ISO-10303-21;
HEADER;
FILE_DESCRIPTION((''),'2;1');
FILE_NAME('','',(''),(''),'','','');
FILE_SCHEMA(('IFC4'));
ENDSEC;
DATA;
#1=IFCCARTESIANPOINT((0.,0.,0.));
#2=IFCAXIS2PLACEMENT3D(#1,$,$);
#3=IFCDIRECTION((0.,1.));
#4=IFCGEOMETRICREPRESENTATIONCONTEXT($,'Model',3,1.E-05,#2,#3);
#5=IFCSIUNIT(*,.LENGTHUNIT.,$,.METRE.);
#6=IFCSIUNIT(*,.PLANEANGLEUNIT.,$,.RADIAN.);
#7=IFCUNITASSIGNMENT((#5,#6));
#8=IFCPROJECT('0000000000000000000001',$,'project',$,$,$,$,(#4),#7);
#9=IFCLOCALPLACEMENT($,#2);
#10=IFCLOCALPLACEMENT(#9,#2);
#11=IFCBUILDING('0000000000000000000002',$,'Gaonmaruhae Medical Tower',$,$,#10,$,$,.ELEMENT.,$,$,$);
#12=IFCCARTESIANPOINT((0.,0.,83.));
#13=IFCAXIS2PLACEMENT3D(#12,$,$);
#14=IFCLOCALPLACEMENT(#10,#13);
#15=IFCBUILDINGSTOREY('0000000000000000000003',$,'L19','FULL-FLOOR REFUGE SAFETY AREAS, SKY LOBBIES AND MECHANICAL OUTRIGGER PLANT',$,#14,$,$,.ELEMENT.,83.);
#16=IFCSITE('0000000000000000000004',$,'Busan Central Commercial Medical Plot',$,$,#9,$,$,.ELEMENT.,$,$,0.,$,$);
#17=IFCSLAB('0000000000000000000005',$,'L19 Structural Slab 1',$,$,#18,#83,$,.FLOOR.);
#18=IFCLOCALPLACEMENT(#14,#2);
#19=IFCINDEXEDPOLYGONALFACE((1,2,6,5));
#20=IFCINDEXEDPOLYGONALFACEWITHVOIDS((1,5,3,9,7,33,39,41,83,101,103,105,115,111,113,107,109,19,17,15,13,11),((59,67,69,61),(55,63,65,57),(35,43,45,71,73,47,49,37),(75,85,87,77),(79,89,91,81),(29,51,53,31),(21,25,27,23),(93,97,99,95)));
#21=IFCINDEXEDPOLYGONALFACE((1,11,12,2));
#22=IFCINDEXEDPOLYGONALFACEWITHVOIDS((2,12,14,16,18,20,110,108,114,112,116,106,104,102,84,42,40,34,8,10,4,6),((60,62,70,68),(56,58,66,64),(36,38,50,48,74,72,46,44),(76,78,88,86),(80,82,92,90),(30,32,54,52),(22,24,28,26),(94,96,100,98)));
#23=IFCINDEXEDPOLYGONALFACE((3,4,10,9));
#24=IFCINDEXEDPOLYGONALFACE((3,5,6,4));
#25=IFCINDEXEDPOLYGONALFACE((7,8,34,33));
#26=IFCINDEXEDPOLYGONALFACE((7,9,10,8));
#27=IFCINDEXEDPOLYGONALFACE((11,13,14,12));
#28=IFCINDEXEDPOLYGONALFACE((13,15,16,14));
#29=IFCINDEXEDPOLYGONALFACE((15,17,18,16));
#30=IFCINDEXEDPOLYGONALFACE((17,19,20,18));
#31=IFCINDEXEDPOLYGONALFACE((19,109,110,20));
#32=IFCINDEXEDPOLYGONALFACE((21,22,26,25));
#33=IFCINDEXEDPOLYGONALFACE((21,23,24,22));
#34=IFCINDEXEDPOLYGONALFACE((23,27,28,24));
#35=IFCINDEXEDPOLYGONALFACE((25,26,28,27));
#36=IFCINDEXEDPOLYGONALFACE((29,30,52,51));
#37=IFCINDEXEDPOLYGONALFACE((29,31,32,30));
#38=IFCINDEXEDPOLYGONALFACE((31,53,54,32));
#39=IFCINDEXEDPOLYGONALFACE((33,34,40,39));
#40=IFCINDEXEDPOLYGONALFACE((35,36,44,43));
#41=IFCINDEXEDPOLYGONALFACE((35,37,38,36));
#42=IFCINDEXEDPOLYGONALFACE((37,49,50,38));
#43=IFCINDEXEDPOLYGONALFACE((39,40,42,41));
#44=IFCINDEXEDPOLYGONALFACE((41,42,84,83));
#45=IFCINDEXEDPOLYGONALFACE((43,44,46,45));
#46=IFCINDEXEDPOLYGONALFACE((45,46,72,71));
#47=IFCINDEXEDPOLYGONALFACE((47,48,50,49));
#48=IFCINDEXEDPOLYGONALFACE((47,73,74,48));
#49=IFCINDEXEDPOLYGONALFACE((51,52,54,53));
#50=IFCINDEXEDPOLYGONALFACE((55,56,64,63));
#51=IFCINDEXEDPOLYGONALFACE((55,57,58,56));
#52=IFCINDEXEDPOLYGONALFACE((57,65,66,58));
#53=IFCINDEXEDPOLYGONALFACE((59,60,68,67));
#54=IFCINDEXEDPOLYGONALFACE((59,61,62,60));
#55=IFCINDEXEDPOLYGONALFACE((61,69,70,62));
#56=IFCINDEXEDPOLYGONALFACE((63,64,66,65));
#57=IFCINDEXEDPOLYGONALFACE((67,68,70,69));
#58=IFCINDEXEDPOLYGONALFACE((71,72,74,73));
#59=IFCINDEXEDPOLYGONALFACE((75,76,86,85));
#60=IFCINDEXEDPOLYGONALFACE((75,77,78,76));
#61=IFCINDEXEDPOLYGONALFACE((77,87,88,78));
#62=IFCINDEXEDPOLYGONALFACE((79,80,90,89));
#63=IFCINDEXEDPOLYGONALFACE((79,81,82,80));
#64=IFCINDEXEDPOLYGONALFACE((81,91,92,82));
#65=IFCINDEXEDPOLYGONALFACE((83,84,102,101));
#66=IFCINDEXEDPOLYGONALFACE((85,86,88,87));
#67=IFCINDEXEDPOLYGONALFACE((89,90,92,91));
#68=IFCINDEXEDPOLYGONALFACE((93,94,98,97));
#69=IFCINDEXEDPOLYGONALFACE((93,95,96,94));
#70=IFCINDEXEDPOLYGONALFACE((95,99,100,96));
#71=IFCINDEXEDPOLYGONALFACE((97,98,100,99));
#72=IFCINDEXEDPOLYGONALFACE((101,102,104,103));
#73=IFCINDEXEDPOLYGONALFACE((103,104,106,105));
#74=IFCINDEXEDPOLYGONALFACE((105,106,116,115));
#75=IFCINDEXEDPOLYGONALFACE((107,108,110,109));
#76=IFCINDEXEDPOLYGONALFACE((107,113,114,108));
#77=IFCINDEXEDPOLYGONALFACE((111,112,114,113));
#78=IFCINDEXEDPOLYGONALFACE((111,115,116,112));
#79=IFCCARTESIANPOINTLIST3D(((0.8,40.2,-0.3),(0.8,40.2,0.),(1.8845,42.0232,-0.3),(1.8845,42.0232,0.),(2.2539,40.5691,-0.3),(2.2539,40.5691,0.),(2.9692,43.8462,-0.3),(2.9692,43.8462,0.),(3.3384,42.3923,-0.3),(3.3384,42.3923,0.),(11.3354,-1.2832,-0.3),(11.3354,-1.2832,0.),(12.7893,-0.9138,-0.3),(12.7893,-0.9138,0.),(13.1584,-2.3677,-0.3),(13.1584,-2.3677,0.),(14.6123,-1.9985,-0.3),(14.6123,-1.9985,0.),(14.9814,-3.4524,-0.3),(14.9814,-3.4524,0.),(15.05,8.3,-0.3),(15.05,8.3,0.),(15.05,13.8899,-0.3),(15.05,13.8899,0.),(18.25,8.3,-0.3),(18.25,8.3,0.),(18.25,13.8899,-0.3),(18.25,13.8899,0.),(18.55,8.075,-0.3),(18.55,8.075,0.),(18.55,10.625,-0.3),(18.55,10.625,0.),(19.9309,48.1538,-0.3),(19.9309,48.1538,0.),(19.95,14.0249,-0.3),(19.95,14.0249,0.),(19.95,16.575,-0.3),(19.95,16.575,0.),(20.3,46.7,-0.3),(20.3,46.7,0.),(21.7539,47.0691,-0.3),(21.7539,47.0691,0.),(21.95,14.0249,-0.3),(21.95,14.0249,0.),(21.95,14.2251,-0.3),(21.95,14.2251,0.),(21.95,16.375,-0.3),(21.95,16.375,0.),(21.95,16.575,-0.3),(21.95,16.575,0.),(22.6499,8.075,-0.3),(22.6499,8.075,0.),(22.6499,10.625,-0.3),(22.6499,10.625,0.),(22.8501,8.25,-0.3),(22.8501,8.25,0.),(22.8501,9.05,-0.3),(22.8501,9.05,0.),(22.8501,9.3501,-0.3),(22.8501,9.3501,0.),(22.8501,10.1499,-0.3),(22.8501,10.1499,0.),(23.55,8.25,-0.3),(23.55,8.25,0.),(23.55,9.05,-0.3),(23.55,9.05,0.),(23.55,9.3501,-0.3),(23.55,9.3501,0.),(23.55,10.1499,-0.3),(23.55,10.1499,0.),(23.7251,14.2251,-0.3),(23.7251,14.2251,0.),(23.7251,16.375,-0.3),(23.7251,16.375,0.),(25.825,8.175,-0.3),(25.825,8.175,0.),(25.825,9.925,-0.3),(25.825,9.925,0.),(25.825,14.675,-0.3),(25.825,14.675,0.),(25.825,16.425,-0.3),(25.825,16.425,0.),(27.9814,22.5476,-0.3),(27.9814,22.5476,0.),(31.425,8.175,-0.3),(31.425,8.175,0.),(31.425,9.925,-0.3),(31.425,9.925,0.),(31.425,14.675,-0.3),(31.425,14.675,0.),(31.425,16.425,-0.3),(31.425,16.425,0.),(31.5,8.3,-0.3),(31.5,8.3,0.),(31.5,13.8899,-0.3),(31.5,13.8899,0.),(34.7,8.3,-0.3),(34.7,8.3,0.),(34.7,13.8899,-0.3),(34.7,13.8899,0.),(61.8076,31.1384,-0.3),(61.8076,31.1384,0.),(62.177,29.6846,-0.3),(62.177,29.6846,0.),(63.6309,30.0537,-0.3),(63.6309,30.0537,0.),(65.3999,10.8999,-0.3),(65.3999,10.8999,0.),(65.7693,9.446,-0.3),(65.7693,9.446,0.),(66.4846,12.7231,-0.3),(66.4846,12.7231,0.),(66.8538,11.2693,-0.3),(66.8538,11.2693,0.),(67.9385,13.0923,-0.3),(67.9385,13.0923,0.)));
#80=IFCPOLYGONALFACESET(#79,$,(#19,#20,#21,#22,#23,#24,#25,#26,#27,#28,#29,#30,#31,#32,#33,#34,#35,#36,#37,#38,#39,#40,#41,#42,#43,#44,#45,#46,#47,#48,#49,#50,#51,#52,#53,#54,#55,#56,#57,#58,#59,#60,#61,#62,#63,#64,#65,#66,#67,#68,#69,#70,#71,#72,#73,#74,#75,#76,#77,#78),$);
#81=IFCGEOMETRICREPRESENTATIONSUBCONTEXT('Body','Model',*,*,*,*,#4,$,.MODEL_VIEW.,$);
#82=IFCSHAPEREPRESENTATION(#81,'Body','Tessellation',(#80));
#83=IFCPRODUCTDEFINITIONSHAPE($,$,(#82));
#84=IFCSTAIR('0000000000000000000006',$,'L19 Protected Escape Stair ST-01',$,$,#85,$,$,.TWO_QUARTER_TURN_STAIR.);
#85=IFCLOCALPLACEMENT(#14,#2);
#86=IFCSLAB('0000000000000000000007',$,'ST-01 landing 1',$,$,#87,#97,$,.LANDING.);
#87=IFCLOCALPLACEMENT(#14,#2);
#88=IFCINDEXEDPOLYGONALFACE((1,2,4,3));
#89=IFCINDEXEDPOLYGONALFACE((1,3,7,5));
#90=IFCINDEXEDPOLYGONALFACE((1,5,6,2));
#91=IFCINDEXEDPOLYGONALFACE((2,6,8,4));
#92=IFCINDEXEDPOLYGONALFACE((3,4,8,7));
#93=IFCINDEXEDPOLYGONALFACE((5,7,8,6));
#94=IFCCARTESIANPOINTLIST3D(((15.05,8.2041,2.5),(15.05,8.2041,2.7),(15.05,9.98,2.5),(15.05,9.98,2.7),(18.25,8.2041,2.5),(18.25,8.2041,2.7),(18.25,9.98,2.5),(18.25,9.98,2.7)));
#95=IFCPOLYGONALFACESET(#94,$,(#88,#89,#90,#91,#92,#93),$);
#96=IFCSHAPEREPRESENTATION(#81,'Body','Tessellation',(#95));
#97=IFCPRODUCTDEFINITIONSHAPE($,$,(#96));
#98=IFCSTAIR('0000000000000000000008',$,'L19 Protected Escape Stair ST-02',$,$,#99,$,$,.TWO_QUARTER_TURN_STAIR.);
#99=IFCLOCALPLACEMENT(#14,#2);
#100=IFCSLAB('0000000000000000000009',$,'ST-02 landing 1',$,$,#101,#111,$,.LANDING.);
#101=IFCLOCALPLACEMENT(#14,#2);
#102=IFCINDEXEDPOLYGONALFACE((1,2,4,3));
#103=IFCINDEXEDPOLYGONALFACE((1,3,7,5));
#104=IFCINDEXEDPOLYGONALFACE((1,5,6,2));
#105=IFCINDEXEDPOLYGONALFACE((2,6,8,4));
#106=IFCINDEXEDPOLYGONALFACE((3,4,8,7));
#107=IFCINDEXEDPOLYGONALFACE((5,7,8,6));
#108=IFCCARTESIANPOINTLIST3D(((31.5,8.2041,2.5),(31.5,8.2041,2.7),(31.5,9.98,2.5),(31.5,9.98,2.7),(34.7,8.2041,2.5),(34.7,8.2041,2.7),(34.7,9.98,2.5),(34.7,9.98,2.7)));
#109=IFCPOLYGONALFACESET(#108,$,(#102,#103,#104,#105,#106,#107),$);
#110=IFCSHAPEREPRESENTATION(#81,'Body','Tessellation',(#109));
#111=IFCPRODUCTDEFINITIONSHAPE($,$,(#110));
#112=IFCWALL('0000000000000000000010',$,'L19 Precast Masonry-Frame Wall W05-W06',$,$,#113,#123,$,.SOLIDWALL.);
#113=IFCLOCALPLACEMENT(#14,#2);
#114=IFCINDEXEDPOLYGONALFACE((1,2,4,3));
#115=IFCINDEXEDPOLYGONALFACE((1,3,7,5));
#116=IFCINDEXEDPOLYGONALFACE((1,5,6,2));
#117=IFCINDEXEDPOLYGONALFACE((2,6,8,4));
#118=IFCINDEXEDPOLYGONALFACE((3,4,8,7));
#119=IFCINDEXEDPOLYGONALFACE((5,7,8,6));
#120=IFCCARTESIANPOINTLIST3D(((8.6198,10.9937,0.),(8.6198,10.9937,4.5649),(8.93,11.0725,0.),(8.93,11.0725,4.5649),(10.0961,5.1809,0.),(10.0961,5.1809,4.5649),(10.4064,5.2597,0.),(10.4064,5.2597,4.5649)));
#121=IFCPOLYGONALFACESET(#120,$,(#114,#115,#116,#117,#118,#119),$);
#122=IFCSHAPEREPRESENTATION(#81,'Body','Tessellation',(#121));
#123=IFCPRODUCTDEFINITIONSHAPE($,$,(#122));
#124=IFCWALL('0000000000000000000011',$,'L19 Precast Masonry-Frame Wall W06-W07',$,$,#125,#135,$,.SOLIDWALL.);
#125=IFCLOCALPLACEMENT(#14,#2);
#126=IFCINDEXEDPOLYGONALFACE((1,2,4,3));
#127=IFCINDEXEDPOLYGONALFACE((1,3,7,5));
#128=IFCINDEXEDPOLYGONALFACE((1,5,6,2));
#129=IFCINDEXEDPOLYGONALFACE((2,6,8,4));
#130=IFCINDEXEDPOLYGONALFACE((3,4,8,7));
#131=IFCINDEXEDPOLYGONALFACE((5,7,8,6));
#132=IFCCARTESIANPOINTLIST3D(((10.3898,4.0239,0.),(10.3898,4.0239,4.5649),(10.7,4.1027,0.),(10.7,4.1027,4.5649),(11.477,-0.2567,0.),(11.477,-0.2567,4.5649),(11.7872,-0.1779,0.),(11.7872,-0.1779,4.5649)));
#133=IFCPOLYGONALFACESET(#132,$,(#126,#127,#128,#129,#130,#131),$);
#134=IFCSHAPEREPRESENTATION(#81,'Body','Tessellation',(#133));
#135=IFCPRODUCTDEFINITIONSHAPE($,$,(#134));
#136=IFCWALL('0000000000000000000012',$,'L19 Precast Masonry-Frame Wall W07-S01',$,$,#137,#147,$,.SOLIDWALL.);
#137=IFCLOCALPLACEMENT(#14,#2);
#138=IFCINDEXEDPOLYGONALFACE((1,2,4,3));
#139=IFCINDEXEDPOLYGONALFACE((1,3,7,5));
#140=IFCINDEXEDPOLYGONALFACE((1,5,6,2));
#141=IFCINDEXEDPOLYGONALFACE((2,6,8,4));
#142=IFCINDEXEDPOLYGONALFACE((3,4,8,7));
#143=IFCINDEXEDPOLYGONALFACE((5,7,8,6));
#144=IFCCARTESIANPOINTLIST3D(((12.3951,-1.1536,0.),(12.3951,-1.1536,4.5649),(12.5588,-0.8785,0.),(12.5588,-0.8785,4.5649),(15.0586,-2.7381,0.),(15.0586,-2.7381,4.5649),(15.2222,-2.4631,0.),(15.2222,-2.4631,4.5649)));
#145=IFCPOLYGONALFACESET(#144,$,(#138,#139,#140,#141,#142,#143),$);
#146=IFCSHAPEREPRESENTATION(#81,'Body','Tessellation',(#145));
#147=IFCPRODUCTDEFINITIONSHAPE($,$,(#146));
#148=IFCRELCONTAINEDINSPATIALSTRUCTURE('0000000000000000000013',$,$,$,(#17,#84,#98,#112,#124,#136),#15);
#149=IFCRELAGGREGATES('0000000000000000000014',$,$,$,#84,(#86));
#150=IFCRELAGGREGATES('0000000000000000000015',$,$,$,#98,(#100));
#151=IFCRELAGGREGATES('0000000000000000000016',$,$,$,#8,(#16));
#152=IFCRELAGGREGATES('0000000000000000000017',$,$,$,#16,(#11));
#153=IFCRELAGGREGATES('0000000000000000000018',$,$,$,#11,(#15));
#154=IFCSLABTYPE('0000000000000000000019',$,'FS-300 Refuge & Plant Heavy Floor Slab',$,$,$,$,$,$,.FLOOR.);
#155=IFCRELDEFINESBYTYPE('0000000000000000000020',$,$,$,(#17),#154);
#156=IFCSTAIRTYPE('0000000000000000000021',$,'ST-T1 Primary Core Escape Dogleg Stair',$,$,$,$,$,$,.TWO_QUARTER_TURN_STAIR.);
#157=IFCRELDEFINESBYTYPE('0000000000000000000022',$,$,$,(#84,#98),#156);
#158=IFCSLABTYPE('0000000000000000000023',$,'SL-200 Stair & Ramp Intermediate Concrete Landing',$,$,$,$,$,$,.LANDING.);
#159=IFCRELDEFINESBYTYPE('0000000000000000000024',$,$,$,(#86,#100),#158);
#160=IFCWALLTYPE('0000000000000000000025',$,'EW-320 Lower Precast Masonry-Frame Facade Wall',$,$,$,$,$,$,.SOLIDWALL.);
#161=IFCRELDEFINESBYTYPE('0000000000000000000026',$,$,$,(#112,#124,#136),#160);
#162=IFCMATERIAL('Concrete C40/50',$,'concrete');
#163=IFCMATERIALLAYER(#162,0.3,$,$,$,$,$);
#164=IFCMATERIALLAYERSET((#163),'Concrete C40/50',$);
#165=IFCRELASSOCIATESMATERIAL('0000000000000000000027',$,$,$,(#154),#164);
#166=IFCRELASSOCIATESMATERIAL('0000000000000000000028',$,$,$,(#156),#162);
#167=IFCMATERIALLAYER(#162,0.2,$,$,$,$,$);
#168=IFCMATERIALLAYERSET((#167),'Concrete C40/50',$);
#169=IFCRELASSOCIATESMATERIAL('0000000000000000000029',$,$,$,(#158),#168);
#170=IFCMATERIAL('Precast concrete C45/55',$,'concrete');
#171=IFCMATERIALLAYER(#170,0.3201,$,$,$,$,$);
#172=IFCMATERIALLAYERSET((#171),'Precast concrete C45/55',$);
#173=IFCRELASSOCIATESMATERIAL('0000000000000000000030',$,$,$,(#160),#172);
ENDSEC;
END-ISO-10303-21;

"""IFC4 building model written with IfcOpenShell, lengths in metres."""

from ifc_helpers import new_model, si_unit, direction, frame, frame_2d, origin, place, context, subcontext, project, spatial, polyline, rectangle, outline, extrude, material, layer, layer_set, type_object, element, aggregate, save


model = new_model("IFC4")

# Units and contexts
model_context = context("Model", 3, precision=1e-05, world=origin(), true_north=direction((0.0, 1.0)))
body_context = subcontext(model_context, "Body", "Model", "MODEL_VIEW")
ifc_project = project(units=[si_unit("LENGTHUNIT", "METRE"), si_unit("PLANEANGLEUNIT", "RADIAN")], contexts=[model_context])

# Site, building, storey
site_placement = place(None, origin())
site = spatial("IfcSite", under=ifc_project, at=site_placement, Name="Busan Central Commercial Medical Plot", CompositionType="ELEMENT", RefElevation=0.0)
building_placement = place(site_placement, origin())
building = spatial("IfcBuilding", under=site, at=building_placement, Name="Gaonmaruhae Medical Tower", CompositionType="ELEMENT")
storey_placement = place(building_placement, frame((0.0, 0.0, 83.0)))
storey = spatial("IfcBuildingStorey", under=building, at=storey_placement, Name="L19", Description="FULL-FLOOR REFUGE SAFETY AREAS, SKY LOBBIES AND MECHANICAL OUTRIGGER PLANT", CompositionType="ELEMENT", Elevation=83.0)

# Slab
ifc_material_1 = material(Name="Concrete C40/50", Category="concrete")
ifc_layer_1 = layer(ifc_material_1, 0.3)
ifc_layer_set_1 = layer_set([ifc_layer_1], Name="Concrete C40/50")
slab_type_1 = type_object("IfcSlabType", Name="FS-300 Refuge & Plant Heavy Floor Slab", PredefinedType="FLOOR", material=ifc_layer_set_1)
slab_1_placement = place(storey_placement, frame((0.0, 0.0, -0.3)))
element("IfcSlab", 1, at=slab_1_placement, inside=storey, type_object=slab_type_1, Name="L19 Structural Slab 1", PredefinedType="FLOOR", context=body_context, shape_type="SweptSolid", body=[
    extrude(outline(polyline([(14.9814, -3.4524), (65.7693, 9.446), (65.3999, 10.8999), (66.8538, 11.2693), (66.4846, 12.7231), (67.9385, 13.0923), (63.6309, 30.0537), (62.177, 29.6846), (61.8076, 31.1384), (27.9814, 22.5476), (21.7539, 47.0691), (20.3, 46.7), (19.9309, 48.1538), (2.9692, 43.8462), (3.3384, 42.3923), (1.8845, 42.0232), (2.2539, 40.5691), (0.8, 40.2), (11.3354, -1.2832), (12.7893, -0.9138), (13.1584, -2.3677), (14.6123, -1.9985), (14.9814, -3.4524)]), holes=[polyline([(23.55, 8.25), (22.8501, 8.25), (22.8501, 9.05), (23.55, 9.05), (23.55, 8.25)]), polyline([(25.825, 9.925), (31.425, 9.925), (31.425, 8.175), (25.825, 8.175), (25.825, 9.925)]), polyline([(22.6499, 10.625), (22.6499, 8.075), (18.55, 8.075), (18.55, 10.625), (22.6499, 10.625)]), polyline([(23.55, 9.3501), (22.8501, 9.3501), (22.8501, 10.1499), (23.55, 10.1499), (23.55, 9.3501)]), polyline([(15.05, 13.8899), (18.25, 13.8899), (18.25, 8.3), (15.05, 8.3), (15.05, 13.8899)]), polyline([(31.5, 13.8899), (34.7, 13.8899), (34.7, 8.3), (31.5, 8.3), (31.5, 13.8899)]), polyline([(21.95, 14.2251), (21.95, 14.0249), (19.95, 14.0249), (19.95, 16.575), (21.95, 16.575), (21.95, 16.375), (23.7251, 16.375), (23.7251, 14.2251), (21.95, 14.2251)]), polyline([(25.825, 16.425), (31.425, 16.425), (31.425, 14.675), (25.825, 14.675), (25.825, 16.425)])]), origin(), (0.0, 0.0, 1.0), 0.3),
])

# Stairs, slabs
stair_type = type_object("IfcStairType", Name="ST-T1 Primary Core Escape Dogleg Stair", PredefinedType="TWO_QUARTER_TURN_STAIR", material=ifc_material_1)
stair_1_placement = place(storey_placement, origin())
stair_1 = element("IfcStair", 2, at=stair_1_placement, inside=storey, type_object=stair_type, Name="L19 Protected Escape Stair ST-01", PredefinedType="TWO_QUARTER_TURN_STAIR")
ifc_layer_2 = layer(ifc_material_1, 0.2)
ifc_layer_set_2 = layer_set([ifc_layer_2], Name="Concrete C40/50")
slab_type_2 = type_object("IfcSlabType", Name="SL-200 Stair & Ramp Intermediate Concrete Landing", PredefinedType="LANDING", material=ifc_layer_set_2)
slab_2_placement = place(storey_placement, frame((0.0, 0.0, 2.5)))
slab_2 = element("IfcSlab", 3, at=slab_2_placement, type_object=slab_type_2, Name="ST-01 landing 1", PredefinedType="LANDING", context=body_context, shape_type="SweptSolid", body=[
    extrude(outline(polyline([(15.05, 9.98), (15.05, 8.2041), (18.25, 8.2041), (18.25, 9.98), (15.05, 9.98)])), origin(), (0.0, 0.0, 1.0), 0.2),
])
aggregate(stair_1, [slab_2])
stair_2_placement = place(storey_placement, origin())
stair_2 = element("IfcStair", 4, at=stair_2_placement, inside=storey, type_object=stair_type, Name="L19 Protected Escape Stair ST-02", PredefinedType="TWO_QUARTER_TURN_STAIR")
slab_3_placement = place(storey_placement, frame((0.0, 0.0, 2.5)))
slab_3 = element("IfcSlab", 5, at=slab_3_placement, type_object=slab_type_2, Name="ST-02 landing 1", PredefinedType="LANDING", context=body_context, shape_type="SweptSolid", body=[
    extrude(outline(polyline([(31.5, 9.98), (31.5, 8.2041), (34.7, 8.2041), (34.7, 9.98), (31.5, 9.98)])), origin(), (0.0, 0.0, 1.0), 0.2),
])
aggregate(stair_2, [slab_3])

# Walls
ifc_material_2 = material(Name="Precast concrete C45/55", Category="concrete")
ifc_layer_3 = layer(ifc_material_2, 0.3201)
ifc_layer_set_3 = layer_set([ifc_layer_3], Name="Precast concrete C45/55")
wall_type = type_object("IfcWallType", Name="EW-320 Lower Precast Masonry-Frame Facade Wall", PredefinedType="SOLIDWALL", material=ifc_layer_set_3)
wall_1_placement = place(storey_placement, frame((10.2512, 5.2205, 0.0), z_axis=(0.0, 0.0, 1.0), x_axis=(-0.246164, 0.969228, 0.0)))
element("IfcWall", 6, at=wall_1_placement, inside=storey, type_object=wall_type, Name="L19 Precast Masonry-Frame Wall W05-W06", PredefinedType="SOLIDWALL", context=body_context, shape_type="SweptSolid", body=[
    extrude(rectangle(XDim=5.9973, YDim=0.3201, at=frame_2d((2.9985, 0.0))), origin(), (0.0, 0.0, 1.0), 4.5649),
])
wall_2_placement = place(storey_placement, frame((11.6321, -0.2173, 0.0), z_axis=(0.0, 0.0, 1.0), x_axis=(-0.246163, 0.969228, 0.0)))
element("IfcWall", 7, at=wall_2_placement, inside=storey, type_object=wall_type, Name="L19 Precast Masonry-Frame Wall W06-W07", PredefinedType="SOLIDWALL", context=body_context, shape_type="SweptSolid", body=[
    extrude(rectangle(XDim=4.4165, YDim=0.3201, at=frame_2d((2.2083, 0.0))), origin(), (0.0, 0.0, 1.0), 4.5649),
])
wall_3_placement = place(storey_placement, frame((15.1404, -2.6006, 0.0), z_axis=(0.0, 0.0, 1.0), x_axis=(-0.859412, 0.511283, 0.0)))
element("IfcWall", 8, at=wall_3_placement, inside=storey, type_object=wall_type, Name="L19 Precast Masonry-Frame Wall W07-S01", PredefinedType="SOLIDWALL", context=body_context, shape_type="SweptSolid", body=[
    extrude(rectangle(XDim=3.0991, YDim=0.3201, at=frame_2d((1.5496, 0.0))), origin(), (0.0, 0.0, 1.0), 4.5649),
])

save(model, "model.ifc")
